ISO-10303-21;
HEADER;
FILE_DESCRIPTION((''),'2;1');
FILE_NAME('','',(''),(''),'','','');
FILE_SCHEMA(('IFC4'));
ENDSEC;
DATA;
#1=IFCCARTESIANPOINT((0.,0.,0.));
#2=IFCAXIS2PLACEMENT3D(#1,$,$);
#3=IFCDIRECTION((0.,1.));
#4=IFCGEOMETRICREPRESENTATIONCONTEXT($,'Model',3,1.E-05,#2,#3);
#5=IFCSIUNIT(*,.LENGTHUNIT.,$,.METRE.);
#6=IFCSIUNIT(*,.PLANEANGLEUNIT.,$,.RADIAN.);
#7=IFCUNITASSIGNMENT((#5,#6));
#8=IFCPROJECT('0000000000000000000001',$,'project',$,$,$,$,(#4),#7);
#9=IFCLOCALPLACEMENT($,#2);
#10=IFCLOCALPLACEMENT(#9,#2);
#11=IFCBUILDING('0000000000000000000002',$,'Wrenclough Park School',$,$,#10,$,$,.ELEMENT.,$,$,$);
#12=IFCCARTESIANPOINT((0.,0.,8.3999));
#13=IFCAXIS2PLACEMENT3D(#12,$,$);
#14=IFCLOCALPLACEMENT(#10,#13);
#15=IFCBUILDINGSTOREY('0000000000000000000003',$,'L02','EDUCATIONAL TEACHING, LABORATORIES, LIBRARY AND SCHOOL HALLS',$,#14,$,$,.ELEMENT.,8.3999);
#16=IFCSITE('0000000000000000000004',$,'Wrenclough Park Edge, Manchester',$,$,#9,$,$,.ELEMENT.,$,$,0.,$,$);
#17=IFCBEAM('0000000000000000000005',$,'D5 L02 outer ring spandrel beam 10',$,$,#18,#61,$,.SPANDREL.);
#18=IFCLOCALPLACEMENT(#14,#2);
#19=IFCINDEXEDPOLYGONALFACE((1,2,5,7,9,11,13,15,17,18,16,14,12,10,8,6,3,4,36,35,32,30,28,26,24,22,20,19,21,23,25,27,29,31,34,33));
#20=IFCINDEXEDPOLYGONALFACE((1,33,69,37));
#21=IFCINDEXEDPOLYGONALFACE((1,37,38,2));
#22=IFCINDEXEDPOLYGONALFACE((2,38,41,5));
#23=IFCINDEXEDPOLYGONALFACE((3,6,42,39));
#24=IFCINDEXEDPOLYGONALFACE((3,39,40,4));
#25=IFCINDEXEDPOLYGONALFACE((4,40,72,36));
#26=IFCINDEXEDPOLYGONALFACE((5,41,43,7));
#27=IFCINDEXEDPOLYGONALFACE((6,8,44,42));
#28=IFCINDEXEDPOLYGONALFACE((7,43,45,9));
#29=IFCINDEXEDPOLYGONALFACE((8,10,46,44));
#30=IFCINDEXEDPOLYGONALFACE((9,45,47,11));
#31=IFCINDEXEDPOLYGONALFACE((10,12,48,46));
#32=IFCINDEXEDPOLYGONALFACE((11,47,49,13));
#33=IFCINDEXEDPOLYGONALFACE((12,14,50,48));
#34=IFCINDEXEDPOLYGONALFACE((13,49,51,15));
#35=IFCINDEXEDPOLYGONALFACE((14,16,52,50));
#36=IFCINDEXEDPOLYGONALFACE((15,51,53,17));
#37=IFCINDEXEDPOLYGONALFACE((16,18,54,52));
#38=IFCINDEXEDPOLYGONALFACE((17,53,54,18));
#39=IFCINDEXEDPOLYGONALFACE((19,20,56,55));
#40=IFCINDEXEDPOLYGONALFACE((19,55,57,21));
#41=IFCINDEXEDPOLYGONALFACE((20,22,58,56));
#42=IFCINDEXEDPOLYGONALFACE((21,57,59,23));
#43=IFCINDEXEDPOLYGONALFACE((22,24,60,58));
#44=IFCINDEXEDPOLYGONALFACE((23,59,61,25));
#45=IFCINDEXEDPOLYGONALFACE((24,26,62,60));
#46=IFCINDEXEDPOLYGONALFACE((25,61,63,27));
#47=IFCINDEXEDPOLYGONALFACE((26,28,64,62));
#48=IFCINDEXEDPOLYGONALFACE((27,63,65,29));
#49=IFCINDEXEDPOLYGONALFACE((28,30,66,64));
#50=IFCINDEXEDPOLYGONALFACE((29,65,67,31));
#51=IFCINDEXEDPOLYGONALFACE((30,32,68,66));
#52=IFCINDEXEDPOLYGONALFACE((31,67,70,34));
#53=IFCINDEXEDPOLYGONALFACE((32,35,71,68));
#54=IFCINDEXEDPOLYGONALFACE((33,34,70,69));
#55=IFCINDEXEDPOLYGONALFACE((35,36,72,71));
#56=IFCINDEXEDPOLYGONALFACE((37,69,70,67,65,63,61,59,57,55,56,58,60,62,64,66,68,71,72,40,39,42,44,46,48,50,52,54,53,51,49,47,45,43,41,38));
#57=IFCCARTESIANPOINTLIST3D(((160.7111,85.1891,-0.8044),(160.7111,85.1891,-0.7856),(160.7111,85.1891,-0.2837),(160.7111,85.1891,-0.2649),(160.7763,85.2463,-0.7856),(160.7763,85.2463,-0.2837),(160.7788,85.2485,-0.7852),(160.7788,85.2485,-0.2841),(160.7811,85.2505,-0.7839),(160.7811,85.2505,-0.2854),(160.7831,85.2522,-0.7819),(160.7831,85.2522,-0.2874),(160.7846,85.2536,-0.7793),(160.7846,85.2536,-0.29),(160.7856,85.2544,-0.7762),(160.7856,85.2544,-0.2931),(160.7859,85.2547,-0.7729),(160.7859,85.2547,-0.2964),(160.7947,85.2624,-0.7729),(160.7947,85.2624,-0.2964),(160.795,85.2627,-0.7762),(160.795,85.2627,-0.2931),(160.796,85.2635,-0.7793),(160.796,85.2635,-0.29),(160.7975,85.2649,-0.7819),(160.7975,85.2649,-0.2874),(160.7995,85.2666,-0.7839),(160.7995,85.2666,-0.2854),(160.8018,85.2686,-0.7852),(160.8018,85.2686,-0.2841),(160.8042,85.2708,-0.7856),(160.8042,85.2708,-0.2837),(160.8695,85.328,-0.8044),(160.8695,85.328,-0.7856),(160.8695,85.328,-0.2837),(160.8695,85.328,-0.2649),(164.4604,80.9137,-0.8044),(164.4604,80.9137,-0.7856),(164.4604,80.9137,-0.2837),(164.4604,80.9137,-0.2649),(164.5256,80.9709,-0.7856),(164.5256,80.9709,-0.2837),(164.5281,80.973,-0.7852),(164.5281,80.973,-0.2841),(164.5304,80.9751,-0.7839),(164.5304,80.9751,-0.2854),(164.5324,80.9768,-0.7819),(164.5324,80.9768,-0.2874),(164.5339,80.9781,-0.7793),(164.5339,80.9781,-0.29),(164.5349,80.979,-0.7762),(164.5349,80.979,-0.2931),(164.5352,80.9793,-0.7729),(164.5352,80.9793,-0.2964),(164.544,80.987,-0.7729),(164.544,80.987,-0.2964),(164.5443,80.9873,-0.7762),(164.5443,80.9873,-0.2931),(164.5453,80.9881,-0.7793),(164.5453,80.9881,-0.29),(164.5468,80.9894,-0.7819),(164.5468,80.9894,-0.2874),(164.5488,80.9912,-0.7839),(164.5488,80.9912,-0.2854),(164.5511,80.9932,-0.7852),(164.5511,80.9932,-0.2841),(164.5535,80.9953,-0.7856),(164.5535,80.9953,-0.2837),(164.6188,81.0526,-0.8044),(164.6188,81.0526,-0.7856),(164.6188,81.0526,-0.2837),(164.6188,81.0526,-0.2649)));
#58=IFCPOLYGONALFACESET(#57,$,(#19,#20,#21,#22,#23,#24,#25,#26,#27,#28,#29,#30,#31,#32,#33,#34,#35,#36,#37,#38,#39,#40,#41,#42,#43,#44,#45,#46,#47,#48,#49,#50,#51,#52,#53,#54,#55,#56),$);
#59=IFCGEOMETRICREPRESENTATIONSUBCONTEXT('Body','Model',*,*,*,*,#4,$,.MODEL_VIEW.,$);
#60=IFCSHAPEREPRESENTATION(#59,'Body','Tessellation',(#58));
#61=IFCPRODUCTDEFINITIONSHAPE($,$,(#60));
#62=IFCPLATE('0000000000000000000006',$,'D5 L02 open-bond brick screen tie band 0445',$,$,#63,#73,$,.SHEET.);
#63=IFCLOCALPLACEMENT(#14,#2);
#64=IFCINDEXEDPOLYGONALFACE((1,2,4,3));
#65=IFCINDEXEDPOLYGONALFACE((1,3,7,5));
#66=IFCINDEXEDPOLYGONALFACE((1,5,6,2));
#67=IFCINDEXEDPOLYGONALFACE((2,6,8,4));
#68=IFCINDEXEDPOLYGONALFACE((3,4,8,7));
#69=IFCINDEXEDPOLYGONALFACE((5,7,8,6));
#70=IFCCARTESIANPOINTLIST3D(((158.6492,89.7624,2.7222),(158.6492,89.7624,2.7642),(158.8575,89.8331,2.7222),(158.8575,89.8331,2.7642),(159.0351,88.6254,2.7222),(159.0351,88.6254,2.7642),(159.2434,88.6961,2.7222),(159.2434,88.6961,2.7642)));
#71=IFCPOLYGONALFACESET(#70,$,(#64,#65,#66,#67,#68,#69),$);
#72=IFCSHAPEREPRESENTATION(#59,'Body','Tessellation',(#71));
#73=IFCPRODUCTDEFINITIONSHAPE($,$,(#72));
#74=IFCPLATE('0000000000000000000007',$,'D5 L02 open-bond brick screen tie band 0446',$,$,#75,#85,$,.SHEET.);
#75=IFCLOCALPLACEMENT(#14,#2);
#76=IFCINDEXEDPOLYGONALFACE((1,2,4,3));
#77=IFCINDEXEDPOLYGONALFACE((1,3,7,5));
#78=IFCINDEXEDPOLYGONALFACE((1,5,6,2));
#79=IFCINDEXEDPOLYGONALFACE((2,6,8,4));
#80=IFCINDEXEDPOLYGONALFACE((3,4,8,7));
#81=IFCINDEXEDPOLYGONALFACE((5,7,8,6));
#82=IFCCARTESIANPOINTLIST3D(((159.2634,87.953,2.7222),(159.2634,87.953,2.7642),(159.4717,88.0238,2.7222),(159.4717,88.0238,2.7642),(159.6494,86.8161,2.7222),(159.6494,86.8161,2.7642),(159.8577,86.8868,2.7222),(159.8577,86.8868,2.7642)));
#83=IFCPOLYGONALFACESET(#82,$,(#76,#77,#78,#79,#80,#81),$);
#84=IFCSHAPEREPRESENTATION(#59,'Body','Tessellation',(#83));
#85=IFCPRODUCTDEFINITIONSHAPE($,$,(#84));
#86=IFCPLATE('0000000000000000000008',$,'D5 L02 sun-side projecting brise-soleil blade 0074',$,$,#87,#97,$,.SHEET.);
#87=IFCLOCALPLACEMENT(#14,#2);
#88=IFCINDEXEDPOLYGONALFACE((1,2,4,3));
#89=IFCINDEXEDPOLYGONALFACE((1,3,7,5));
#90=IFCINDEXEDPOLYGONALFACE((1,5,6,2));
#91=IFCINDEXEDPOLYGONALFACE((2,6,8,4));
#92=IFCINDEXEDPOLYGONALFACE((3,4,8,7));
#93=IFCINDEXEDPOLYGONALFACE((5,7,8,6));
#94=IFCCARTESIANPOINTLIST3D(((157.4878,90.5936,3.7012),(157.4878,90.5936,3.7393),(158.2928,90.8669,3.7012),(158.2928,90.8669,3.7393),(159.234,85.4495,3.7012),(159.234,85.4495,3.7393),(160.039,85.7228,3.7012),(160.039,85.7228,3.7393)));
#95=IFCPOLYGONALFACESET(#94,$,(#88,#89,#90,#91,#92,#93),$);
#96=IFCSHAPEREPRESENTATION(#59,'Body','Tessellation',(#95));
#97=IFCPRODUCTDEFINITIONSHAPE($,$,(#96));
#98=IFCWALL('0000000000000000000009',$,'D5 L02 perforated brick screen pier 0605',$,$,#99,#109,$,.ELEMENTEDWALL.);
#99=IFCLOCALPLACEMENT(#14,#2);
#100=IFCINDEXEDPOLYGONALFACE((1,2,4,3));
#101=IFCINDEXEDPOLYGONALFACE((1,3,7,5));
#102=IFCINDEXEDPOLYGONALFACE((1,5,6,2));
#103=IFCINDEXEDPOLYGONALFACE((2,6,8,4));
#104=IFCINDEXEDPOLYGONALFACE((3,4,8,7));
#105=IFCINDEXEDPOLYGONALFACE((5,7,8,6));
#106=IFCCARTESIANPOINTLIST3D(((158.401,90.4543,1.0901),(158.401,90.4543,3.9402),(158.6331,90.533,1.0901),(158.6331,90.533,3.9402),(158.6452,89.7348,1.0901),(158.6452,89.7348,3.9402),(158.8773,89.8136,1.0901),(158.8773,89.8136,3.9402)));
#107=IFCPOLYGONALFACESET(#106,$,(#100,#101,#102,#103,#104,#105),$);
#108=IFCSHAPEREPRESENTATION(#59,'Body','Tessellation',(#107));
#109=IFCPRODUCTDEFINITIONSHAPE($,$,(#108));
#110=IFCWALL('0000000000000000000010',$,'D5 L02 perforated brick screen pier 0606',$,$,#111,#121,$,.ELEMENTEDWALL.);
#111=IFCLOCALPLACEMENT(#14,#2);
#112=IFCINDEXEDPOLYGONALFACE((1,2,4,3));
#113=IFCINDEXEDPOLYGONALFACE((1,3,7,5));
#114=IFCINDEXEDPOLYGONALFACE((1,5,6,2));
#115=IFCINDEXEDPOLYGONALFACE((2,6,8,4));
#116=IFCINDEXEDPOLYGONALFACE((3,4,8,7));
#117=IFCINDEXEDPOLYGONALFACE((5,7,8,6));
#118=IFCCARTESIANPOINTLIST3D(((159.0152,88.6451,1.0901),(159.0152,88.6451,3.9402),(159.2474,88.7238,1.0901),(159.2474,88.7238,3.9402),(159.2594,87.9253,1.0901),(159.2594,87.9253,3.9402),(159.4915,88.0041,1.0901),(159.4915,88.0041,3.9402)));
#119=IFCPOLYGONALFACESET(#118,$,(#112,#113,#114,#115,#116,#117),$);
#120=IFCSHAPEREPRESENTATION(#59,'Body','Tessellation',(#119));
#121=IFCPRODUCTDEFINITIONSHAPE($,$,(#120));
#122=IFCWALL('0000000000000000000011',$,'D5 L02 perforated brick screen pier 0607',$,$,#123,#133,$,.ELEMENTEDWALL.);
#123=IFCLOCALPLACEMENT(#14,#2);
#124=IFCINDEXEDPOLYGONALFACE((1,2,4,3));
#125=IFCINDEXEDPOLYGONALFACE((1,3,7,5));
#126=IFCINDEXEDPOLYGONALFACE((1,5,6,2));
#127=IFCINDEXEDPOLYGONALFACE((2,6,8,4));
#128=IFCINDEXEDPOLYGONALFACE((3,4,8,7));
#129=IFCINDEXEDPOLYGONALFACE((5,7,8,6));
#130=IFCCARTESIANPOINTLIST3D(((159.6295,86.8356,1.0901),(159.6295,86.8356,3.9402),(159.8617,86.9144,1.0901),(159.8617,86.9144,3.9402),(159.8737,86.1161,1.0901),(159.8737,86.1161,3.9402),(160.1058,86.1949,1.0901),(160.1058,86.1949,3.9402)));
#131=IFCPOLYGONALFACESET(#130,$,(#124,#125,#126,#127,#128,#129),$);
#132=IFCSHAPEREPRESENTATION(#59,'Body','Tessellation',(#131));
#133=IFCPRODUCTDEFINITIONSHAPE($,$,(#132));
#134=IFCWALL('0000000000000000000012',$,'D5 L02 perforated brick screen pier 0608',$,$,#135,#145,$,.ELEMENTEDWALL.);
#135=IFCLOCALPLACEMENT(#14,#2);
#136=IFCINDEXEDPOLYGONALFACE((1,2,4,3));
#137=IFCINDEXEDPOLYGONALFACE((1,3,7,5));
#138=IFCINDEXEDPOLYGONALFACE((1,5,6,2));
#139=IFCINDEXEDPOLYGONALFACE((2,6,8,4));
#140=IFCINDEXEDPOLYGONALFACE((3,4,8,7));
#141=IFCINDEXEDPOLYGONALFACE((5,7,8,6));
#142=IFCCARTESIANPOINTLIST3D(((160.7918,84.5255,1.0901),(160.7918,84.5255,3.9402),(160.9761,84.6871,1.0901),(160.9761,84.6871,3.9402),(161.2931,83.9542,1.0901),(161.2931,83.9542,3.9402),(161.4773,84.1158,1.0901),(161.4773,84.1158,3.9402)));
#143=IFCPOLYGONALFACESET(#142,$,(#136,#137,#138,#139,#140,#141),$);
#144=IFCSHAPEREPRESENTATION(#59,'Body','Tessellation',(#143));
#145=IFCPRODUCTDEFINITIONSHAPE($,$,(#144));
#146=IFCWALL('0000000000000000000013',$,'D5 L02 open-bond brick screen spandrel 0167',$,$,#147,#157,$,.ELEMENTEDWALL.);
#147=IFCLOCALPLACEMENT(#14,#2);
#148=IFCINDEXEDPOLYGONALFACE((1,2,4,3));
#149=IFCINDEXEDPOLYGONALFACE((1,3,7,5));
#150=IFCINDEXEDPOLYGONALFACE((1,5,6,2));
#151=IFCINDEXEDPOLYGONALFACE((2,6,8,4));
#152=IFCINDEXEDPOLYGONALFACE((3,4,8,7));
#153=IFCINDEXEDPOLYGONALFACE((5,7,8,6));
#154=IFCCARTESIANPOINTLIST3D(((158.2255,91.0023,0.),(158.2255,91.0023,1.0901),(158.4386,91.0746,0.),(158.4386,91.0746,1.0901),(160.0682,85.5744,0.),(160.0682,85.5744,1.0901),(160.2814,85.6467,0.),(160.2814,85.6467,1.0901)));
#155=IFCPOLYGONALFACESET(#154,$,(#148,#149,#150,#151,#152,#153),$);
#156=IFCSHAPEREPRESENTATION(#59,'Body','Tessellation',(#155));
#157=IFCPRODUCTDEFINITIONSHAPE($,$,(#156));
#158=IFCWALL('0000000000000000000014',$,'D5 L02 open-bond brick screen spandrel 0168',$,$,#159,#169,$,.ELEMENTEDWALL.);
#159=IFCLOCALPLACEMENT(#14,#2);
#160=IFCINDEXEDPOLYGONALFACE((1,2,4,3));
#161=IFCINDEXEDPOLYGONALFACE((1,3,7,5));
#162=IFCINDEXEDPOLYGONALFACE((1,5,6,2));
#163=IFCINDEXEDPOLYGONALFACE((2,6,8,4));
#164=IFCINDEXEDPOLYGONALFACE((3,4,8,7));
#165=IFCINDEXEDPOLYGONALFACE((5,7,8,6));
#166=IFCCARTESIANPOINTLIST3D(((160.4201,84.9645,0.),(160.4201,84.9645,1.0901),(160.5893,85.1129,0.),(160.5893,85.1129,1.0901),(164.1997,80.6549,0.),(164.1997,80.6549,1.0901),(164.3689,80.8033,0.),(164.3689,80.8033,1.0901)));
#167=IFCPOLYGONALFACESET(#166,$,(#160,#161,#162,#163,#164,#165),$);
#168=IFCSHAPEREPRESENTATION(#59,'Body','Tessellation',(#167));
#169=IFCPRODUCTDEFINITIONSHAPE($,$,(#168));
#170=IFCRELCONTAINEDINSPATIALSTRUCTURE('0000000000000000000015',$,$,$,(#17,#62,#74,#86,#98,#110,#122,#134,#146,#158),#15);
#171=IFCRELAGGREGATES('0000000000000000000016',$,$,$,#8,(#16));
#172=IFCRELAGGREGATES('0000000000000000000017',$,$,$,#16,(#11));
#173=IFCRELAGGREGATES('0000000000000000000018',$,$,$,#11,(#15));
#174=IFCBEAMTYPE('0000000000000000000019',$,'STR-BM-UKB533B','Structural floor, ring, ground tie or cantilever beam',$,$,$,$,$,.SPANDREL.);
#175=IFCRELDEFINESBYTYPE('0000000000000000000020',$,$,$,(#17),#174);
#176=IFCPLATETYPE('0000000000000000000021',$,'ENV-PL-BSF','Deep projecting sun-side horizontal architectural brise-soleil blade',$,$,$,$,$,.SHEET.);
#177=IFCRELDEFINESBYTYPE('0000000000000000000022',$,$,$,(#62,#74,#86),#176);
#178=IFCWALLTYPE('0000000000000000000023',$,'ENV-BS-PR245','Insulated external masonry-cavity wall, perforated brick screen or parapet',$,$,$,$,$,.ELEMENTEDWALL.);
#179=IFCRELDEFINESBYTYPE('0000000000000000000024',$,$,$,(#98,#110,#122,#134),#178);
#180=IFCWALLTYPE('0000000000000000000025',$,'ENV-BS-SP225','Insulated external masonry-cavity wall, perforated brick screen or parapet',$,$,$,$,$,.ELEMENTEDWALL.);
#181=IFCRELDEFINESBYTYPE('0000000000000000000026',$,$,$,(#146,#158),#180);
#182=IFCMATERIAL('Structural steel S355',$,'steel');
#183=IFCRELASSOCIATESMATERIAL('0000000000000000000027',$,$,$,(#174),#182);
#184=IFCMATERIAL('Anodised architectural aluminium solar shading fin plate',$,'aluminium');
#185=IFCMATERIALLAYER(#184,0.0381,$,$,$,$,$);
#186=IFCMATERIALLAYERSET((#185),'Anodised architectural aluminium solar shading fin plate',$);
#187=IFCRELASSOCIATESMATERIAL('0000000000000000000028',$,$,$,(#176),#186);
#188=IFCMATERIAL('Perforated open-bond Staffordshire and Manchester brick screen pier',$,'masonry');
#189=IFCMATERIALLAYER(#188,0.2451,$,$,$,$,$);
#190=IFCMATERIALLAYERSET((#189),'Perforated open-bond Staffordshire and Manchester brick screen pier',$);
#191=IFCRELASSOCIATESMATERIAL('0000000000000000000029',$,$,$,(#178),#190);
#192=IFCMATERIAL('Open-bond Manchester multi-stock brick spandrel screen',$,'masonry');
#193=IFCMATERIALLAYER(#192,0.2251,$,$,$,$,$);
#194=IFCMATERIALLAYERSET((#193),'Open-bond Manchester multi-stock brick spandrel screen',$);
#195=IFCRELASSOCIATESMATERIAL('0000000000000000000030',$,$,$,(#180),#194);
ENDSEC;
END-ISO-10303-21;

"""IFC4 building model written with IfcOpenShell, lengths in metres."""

from ifc_helpers import new_model, si_unit, direction, frame, frame_2d, origin, origin_2d, place, context, subcontext, project, spatial, rectangle, i_section, extrude, material, layer, layer_set, material_profile, profile_set, type_object, element, save


model = new_model("IFC4")

# Units and contexts
model_context = context("Model", 3, precision=1e-05, world=origin(), true_north=direction((0.0, 1.0)))
body_context = subcontext(model_context, "Body", "Model", "MODEL_VIEW")
ifc_project = project(units=[si_unit("LENGTHUNIT", "METRE"), si_unit("PLANEANGLEUNIT", "RADIAN")], contexts=[model_context])

# Site, building, storey
site_placement = place(None, origin())
site = spatial("IfcSite", under=ifc_project, at=site_placement, Name="Wrenclough Park Edge, Manchester", CompositionType="ELEMENT", RefElevation=0.0)
building_placement = place(site_placement, origin())
building = spatial("IfcBuilding", under=site, at=building_placement, Name="Wrenclough Park School", CompositionType="ELEMENT")
storey_placement = place(building_placement, frame((0.0, 0.0, 8.3999)))
storey = spatial("IfcBuildingStorey", under=building, at=storey_placement, Name="L02", Description="EDUCATIONAL TEACHING, LABORATORIES, LIBRARY AND SCHOOL HALLS", CompositionType="ELEMENT", Elevation=8.3999)

# Beam
ifc_material_1 = material(Name="Structural steel S355", Category="steel")
ifc_material_profile_1 = material_profile(ifc_material_1, i_section(OverallWidth=0.2107, OverallDepth=0.5396, WebThickness=0.0117, FlangeThickness=0.0188, FilletRadius=0.0127, at=origin_2d()), Name="UKB 533x210x109")
ifc_profile_set_1 = profile_set([ifc_material_profile_1], Name="Structural steel S355")
beam_type_1 = type_object("IfcBeamType", Name="STR-BM-UKB533B", Description="Structural floor, ring, ground tie or cantilever beam", PredefinedType="SPANDREL", material=ifc_profile_set_1)
beam_1_placement = place(storey_placement, frame((160.7903, 85.2585, -0.5347), z_axis=(0.659331, -0.751853, 0.0), x_axis=(0.751853, 0.659331, 0.0)))
element("IfcBeam", 1, at=beam_1_placement, inside=storey, type_object=beam_type_1, Name="D5 L02 outer ring spandrel beam 10", PredefinedType="SPANDREL", context=body_context, shape_type="SweptSolid", body=[
    extrude(i_section(OverallWidth=0.2107, OverallDepth=0.5396, WebThickness=0.0117, FlangeThickness=0.0188, FilletRadius=0.0127, at=origin_2d()), origin(), (0.0, 0.0, 1.0), 5.6865),
])

# Plates
ifc_material_2 = material(Name="Anodised architectural aluminium solar shading fin plate", Category="aluminium")
ifc_layer_1 = layer(ifc_material_2, 0.0381)
ifc_layer_set_1 = layer_set([ifc_layer_1], Name="Anodised architectural aluminium solar shading fin plate")
plate_type = type_object("IfcPlateType", Name="ENV-PL-BSF", Description="Deep projecting sun-side horizontal architectural brise-soleil blade", PredefinedType="SHEET", material=ifc_layer_set_1)
for number, where, z_axis, x_axis, name in (
    (2, (158.9463, 89.2292, 2.7222), (0.0, 0.0, 1.0), (0.321441, -0.94693, 0.0), "D5 L02 open-bond brick screen tie band 0445"),
    (3, (159.5605, 87.4199, 2.7222), (0.0, 0.0, 1.0), (0.321441, -0.94693, 0.0), "D5 L02 open-bond brick screen tie band 0446"),
):
    element("IfcPlate", number, at=place(storey_placement, frame(where, z_axis=z_axis, x_axis=x_axis)), inside=storey, type_object=plate_type, Name=name, PredefinedType="SHEET", context=body_context, shape_type="SweptSolid", body=[
        extrude(rectangle(XDim=1.2007, YDim=0.22, at=origin_2d()), origin(), (0.0, 0.0, 1.0), 0.042),
    ])
plate_placement = place(storey_placement, frame((158.7634, 88.1582, 3.7012), z_axis=(0.0, 0.0, 1.0), x_axis=(0.321441, -0.94693, 0.0)))
element("IfcPlate", 4, at=plate_placement, inside=storey, type_object=plate_type, Name="D5 L02 sun-side projecting brise-soleil blade 0074", PredefinedType="SHEET", context=body_context, shape_type="SweptSolid", body=[
    extrude(rectangle(XDim=5.4324, YDim=0.8501, at=origin_2d()), origin(), (0.0, 0.0, 1.0), 0.0381),
])

# Walls
ifc_material_3 = material(Name="Perforated open-bond Staffordshire and Manchester brick screen pier", Category="masonry")
ifc_layer_2 = layer(ifc_material_3, 0.2451)
ifc_layer_set_2 = layer_set([ifc_layer_2], Name="Perforated open-bond Staffordshire and Manchester brick screen pier")
wall_type_1 = type_object("IfcWallType", Name="ENV-BS-PR245", Description="Insulated external masonry-cavity wall, perforated brick screen or parapet", PredefinedType="ELEMENTEDWALL", material=ifc_layer_set_2)
wall_1_placement = place(storey_placement, frame((158.5171, 90.4937, 1.0901), z_axis=(0.0, 0.0, 1.0), x_axis=(0.321332, -0.946966, 0.0)))
element("IfcWall", 5, at=wall_1_placement, inside=storey, type_object=wall_type_1, Name="D5 L02 perforated brick screen pier 0605", PredefinedType="ELEMENTEDWALL", context=body_context, shape_type="SweptSolid", body=[
    extrude(rectangle(XDim=0.7598, YDim=0.2451, at=frame_2d((0.3799, 0.0))), origin(), (0.0, 0.0, 1.0), 2.8501),
])
wall_2_placement = place(storey_placement, frame((159.1313, 88.6843, 1.0901), z_axis=(0.0, 0.0, 1.0), x_axis=(0.321235, -0.947, 0.0)))
element("IfcWall", 6, at=wall_2_placement, inside=storey, type_object=wall_type_1, Name="D5 L02 perforated brick screen pier 0606", PredefinedType="ELEMENTEDWALL", context=body_context, shape_type="SweptSolid", body=[
    extrude(rectangle(XDim=0.76, YDim=0.2451, at=frame_2d((0.3799, 0.0))), origin(), (0.0, 0.0, 1.0), 2.8501),
])
wall_3_placement = place(storey_placement, frame((159.7456, 86.875, 1.0901), z_axis=(0.0, 0.0, 1.0), x_axis=(0.321332, -0.946966, 0.0)))
element("IfcWall", 7, at=wall_3_placement, inside=storey, type_object=wall_type_1, Name="D5 L02 perforated brick screen pier 0607", PredefinedType="ELEMENTEDWALL", context=body_context, shape_type="SweptSolid", body=[
    extrude(rectangle(XDim=0.7598, YDim=0.2451, at=frame_2d((0.3799, 0.0))), origin(), (0.0, 0.0, 1.0), 2.8501),
])
wall_4_placement = place(storey_placement, frame((160.884, 84.6062, 1.0901), z_axis=(0.0, 0.0, 1.0), x_axis=(0.659505, -0.7517, 0.0)))
element("IfcWall", 8, at=wall_4_placement, inside=storey, type_object=wall_type_1, Name="D5 L02 perforated brick screen pier 0608", PredefinedType="ELEMENTEDWALL", context=body_context, shape_type="SweptSolid", body=[
    extrude(rectangle(XDim=0.76, YDim=0.2451, at=frame_2d((0.3799, 0.0))), origin(), (0.0, 0.0, 1.0), 2.8501),
])
ifc_material_4 = material(Name="Open-bond Manchester multi-stock brick spandrel screen", Category="masonry")
ifc_layer_3 = layer(ifc_material_4, 0.2251)
ifc_layer_set_3 = layer_set([ifc_layer_3], Name="Open-bond Manchester multi-stock brick spandrel screen")
wall_type_2 = type_object("IfcWallType", Name="ENV-BS-SP225", Description="Insulated external masonry-cavity wall, perforated brick screen or parapet", PredefinedType="ELEMENTEDWALL", material=ifc_layer_set_3)
for number, where, z_axis, x_axis, name in (
    (9, (158.332, 91.0386, 0.0), (0.0, 0.0, 1.0), (0.321474, -0.946918, 0.0), "D5 L02 open-bond brick screen spandrel 0167"),
    (10, (160.5046, 85.0388, 0.0), (0.0, 0.0, 1.0), (0.659361, -0.751827, 0.0), "D5 L02 open-bond brick screen spandrel 0168"),
):
    element("IfcWall", number, at=place(storey_placement, frame(where, z_axis=z_axis, x_axis=x_axis)), inside=storey, type_object=wall_type_2, Name=name, PredefinedType="ELEMENTEDWALL", context=body_context, shape_type="SweptSolid", body=[
        extrude(rectangle(XDim=5.7322, YDim=0.2251, at=frame_2d((2.8662, 0.0))), origin(), (0.0, 0.0, 1.0), 1.0901),
    ])

save(model, "model.ifc")
